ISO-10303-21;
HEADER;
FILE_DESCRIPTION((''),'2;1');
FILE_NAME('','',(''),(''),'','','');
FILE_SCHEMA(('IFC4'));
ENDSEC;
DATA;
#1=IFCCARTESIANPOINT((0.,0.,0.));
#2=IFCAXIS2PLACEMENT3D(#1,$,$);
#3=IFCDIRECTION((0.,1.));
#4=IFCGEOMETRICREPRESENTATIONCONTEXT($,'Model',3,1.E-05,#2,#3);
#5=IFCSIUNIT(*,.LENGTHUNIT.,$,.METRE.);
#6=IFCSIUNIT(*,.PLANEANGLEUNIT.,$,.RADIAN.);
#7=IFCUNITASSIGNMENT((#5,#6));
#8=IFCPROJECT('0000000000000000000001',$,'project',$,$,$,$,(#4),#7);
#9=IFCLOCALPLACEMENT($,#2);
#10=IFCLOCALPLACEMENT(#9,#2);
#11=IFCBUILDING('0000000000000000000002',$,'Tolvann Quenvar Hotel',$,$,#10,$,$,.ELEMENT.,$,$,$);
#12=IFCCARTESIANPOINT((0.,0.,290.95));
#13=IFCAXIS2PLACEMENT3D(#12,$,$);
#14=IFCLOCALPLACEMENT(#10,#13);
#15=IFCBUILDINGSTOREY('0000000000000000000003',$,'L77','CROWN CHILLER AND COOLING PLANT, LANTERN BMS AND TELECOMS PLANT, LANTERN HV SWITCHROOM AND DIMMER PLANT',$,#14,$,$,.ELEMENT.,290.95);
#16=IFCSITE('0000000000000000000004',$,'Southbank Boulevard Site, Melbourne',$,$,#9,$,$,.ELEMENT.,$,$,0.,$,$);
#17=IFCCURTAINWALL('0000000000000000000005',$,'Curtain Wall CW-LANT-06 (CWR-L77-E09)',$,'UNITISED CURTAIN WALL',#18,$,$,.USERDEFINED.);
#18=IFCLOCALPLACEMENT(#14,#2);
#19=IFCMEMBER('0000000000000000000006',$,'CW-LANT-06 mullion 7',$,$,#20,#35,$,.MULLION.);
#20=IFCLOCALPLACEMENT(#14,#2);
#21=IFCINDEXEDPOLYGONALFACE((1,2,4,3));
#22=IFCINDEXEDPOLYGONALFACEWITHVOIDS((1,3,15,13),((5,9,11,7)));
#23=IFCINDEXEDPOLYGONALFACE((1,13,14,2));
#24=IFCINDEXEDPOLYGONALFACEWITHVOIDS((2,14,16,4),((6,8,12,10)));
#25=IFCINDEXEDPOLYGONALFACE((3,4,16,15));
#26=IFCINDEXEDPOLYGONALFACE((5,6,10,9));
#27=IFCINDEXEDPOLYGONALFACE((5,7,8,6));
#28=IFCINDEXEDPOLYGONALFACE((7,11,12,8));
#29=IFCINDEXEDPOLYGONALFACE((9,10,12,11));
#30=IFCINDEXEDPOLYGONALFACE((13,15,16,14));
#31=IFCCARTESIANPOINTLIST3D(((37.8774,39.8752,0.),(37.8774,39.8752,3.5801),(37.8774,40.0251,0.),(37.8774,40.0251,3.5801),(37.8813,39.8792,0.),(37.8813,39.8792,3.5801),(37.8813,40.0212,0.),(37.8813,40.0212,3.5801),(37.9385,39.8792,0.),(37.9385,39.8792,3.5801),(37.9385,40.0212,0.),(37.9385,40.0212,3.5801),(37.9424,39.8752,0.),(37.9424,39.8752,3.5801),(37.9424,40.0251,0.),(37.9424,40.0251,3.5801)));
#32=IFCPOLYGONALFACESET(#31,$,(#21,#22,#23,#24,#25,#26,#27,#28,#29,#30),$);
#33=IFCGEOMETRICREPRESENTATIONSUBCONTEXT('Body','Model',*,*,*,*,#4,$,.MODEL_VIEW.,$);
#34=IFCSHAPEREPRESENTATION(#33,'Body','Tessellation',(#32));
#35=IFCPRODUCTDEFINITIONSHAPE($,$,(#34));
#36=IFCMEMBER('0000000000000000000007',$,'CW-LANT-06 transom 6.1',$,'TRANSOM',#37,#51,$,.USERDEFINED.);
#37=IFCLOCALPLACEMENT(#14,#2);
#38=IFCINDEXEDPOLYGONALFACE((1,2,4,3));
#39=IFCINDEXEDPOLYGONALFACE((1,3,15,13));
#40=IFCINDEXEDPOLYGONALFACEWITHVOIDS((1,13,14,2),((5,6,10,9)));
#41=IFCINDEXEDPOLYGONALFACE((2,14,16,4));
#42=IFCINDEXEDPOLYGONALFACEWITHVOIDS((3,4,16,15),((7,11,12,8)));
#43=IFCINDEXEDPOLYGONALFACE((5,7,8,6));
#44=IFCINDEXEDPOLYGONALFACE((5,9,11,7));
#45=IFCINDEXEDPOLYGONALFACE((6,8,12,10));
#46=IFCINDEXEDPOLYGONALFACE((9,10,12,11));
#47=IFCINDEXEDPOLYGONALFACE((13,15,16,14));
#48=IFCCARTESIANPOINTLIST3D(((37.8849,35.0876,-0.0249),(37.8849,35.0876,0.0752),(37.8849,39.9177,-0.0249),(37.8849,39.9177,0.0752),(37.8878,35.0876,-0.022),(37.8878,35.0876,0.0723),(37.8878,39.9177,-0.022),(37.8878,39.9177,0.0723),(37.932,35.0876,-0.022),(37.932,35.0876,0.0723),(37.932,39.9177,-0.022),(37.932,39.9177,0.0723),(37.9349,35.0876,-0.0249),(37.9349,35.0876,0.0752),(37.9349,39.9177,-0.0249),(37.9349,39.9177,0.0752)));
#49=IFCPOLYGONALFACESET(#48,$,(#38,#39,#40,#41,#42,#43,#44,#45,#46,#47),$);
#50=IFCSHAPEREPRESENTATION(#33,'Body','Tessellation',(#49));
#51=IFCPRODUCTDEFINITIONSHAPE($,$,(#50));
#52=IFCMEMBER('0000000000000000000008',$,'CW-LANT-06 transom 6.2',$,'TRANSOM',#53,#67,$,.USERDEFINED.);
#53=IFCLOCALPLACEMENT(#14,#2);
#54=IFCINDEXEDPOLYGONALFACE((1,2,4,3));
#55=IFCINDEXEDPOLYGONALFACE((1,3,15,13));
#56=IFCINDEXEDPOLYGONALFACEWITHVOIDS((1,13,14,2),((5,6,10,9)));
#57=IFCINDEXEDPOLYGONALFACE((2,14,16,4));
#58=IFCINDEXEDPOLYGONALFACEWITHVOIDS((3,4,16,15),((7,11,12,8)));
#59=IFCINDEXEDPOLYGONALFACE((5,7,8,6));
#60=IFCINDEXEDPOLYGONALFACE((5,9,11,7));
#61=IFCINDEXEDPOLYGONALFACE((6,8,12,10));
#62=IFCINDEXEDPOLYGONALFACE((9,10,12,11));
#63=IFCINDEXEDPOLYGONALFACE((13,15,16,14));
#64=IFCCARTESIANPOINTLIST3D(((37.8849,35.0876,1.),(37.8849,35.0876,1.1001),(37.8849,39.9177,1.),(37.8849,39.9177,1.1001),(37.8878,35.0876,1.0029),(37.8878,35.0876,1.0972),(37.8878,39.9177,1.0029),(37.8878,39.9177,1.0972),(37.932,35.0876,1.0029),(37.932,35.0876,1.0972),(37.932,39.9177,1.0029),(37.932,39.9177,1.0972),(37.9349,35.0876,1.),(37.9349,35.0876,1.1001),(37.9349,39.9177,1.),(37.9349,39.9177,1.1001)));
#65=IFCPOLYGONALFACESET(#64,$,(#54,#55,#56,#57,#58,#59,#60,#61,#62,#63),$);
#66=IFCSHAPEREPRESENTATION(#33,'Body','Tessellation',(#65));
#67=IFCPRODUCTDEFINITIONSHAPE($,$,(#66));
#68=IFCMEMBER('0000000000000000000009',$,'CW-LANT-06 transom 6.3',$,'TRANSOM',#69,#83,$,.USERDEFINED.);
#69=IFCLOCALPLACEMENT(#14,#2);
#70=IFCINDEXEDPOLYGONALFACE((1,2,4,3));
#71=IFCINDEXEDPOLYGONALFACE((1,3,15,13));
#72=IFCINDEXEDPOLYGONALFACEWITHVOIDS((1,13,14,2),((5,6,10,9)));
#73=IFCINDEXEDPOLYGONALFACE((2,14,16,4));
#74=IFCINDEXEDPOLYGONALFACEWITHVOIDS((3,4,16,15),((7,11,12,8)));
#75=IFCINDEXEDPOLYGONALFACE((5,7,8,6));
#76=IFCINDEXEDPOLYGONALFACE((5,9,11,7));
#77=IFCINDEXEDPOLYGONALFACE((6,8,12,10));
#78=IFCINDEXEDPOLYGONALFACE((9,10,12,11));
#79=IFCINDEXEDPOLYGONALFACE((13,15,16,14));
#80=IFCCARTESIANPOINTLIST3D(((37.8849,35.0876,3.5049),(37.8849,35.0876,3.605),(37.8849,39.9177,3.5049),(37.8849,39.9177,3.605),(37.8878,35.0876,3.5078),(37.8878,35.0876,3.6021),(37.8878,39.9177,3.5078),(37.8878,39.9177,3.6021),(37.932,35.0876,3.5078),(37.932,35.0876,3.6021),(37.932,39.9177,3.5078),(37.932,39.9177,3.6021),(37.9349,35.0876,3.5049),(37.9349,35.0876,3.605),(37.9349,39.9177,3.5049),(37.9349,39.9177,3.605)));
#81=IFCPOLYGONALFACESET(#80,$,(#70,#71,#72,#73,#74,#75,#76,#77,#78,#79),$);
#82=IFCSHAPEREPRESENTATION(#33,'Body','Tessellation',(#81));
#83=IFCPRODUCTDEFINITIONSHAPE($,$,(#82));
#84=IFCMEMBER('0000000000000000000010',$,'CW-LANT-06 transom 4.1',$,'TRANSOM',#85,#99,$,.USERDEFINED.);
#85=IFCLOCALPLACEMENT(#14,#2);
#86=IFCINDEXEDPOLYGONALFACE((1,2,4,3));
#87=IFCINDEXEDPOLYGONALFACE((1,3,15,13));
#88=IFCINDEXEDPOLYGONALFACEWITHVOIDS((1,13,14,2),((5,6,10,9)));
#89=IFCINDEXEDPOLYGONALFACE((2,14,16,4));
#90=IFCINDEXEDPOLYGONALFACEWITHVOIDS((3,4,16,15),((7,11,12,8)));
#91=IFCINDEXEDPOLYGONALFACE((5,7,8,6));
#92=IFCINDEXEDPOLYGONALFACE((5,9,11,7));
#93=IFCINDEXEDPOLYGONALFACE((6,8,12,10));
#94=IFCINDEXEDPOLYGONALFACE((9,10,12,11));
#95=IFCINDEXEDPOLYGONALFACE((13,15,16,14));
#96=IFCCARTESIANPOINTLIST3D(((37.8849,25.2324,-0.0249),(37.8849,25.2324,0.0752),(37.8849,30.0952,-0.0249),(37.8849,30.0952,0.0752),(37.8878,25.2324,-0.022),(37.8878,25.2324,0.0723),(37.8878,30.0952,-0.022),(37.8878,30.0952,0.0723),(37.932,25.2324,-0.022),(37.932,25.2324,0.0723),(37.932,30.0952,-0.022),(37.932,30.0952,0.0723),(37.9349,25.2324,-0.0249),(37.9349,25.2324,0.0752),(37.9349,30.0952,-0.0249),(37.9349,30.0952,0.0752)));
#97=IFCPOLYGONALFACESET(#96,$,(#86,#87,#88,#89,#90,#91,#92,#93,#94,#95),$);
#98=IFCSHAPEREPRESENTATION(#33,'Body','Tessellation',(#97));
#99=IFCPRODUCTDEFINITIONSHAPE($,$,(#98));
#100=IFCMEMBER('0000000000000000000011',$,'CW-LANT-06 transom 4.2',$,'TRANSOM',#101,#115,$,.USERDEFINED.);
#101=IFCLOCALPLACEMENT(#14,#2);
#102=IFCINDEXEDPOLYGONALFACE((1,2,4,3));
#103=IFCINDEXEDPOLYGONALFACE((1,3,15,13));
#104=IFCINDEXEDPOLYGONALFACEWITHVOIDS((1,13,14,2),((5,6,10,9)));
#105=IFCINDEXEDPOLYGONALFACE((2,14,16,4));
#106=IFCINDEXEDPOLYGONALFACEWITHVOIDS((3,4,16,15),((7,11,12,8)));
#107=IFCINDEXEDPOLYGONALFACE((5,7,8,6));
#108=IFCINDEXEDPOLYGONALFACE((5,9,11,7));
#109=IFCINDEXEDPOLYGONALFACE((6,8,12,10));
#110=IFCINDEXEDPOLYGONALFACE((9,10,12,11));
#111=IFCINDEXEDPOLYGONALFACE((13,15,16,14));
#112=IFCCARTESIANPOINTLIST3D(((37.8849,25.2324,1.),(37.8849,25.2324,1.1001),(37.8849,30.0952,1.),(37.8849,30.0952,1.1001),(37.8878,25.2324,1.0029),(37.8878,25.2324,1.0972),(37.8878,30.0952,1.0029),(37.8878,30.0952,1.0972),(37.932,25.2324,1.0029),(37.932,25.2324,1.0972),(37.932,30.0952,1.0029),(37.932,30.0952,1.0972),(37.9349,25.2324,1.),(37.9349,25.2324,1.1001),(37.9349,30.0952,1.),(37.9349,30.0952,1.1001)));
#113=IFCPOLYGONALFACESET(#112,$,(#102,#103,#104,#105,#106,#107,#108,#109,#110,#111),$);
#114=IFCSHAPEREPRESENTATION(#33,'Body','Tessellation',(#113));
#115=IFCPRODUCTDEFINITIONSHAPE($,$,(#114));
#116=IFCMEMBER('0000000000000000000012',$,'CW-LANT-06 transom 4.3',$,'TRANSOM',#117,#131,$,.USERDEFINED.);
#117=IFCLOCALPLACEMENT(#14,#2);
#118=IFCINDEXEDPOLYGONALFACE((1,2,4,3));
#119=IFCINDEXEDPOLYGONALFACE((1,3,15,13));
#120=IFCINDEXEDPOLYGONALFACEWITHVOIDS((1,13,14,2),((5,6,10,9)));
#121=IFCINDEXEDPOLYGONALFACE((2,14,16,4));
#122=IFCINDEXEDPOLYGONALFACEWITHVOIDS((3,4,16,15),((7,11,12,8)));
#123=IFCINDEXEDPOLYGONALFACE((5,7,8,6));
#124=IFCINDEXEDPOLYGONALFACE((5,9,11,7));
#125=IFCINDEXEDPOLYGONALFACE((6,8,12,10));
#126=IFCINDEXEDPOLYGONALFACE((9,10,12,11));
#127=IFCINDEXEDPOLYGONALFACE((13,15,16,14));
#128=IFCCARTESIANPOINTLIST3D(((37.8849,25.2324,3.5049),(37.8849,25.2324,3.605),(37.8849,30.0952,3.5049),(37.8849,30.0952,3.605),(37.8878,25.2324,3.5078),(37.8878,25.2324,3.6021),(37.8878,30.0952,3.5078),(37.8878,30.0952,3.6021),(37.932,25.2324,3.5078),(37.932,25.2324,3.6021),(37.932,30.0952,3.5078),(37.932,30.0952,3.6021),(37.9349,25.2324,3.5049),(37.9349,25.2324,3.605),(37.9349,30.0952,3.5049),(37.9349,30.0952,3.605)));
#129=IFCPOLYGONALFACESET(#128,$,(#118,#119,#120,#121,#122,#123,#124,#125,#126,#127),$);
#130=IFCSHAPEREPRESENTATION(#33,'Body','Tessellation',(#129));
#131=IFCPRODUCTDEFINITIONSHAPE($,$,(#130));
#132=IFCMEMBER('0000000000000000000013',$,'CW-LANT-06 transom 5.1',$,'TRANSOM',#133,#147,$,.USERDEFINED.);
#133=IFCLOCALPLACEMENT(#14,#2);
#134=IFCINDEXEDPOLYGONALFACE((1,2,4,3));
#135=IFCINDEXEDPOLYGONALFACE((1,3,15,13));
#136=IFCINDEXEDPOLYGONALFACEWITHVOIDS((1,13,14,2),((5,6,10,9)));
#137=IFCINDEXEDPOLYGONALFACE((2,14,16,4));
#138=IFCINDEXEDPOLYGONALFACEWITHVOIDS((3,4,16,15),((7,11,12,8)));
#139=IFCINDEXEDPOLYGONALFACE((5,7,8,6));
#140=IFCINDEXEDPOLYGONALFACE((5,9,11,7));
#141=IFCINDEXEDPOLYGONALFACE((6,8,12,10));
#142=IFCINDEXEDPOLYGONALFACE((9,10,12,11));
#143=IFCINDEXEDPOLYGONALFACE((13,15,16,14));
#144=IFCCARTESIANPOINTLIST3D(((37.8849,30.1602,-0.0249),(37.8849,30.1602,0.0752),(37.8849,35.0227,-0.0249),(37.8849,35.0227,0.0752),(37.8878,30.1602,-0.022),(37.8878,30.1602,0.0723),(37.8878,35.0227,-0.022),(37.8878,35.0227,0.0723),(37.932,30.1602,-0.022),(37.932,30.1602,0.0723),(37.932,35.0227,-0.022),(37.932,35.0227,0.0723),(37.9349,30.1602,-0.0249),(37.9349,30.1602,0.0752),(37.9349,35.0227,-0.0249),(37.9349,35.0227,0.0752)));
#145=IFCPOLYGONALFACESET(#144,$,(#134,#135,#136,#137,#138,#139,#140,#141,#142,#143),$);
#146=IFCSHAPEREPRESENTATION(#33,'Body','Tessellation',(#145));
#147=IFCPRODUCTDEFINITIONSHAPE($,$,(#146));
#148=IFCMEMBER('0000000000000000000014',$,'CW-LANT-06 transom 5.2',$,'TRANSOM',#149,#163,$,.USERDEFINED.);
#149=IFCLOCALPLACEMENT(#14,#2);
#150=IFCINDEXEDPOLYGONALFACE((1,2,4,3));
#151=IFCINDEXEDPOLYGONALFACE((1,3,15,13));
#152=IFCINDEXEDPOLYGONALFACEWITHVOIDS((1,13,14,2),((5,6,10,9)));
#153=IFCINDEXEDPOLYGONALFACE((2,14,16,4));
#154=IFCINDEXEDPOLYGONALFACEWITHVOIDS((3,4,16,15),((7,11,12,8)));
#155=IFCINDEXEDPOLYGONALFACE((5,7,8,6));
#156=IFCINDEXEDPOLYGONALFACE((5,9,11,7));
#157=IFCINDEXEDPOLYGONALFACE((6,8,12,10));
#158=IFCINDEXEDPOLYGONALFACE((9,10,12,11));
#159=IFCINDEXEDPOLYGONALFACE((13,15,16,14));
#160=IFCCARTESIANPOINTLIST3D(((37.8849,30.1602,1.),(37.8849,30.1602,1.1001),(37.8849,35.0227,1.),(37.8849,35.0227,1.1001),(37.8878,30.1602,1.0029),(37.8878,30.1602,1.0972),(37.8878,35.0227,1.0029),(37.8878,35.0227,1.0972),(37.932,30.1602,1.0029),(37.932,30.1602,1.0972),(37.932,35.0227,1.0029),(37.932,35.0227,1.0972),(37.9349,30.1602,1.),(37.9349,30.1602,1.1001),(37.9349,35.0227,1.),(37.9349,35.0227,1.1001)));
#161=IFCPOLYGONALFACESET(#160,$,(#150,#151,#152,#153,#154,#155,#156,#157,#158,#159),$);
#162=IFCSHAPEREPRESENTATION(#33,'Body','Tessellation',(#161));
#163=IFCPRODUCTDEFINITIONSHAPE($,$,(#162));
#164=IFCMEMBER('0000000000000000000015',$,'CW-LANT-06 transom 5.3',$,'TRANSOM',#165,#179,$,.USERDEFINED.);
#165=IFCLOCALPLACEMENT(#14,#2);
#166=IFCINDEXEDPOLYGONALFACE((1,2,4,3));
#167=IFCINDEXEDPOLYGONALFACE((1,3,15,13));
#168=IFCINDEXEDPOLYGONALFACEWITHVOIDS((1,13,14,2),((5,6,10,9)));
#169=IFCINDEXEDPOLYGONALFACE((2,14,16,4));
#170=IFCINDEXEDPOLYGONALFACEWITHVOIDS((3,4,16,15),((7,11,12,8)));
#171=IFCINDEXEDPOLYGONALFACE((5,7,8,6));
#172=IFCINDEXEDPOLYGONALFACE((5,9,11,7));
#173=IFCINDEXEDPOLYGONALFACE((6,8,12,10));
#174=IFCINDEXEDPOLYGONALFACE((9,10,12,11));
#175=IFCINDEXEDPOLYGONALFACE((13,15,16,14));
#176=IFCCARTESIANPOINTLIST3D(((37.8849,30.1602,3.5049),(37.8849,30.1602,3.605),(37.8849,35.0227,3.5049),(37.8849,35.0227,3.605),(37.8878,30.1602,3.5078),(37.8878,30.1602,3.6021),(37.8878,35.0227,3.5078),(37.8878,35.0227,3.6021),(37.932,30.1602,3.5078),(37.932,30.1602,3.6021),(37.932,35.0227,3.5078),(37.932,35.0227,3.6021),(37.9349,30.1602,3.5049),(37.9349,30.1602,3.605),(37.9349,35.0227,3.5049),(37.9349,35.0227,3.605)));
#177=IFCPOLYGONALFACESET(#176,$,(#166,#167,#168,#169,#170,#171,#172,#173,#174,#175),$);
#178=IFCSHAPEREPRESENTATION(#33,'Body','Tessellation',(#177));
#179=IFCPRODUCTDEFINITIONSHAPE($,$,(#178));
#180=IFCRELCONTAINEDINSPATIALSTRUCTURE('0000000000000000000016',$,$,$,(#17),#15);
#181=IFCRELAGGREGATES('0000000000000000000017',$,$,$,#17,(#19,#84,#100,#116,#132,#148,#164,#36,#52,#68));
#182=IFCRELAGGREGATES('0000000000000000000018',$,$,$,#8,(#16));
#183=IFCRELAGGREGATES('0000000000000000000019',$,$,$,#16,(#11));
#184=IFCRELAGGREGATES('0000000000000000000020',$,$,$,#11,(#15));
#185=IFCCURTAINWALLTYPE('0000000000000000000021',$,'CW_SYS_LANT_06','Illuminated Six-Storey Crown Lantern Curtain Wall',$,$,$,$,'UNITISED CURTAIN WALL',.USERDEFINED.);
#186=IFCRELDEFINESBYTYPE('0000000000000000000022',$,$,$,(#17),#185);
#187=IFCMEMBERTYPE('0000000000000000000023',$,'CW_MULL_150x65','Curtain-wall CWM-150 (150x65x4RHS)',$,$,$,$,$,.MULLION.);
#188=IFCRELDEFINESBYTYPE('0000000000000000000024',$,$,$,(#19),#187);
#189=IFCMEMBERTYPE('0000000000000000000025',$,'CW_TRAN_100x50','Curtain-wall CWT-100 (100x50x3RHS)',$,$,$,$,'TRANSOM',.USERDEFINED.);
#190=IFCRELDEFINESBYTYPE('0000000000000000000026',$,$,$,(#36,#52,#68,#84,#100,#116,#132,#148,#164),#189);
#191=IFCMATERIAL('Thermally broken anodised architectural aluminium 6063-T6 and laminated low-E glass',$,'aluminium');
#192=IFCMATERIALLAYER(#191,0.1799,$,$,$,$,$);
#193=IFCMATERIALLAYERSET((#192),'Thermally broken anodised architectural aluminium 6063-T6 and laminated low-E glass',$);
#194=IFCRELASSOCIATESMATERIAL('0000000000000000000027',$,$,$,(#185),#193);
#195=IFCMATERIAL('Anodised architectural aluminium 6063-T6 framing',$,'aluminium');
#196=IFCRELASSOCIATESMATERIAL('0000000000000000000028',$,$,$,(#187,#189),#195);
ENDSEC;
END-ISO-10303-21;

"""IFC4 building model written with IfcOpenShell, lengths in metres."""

from ifc_helpers import new_model, si_unit, direction, frame, origin, origin_2d, place, context, subcontext, project, spatial, hollow_rectangle, extrude, source, transform, mapped, material, layer, layer_set, material_profile, profile_set, type_object, type_shapes, element, aggregate, save


model = new_model("IFC4")

# Units and contexts
model_context = context("Model", 3, precision=1e-05, world=origin(), true_north=direction((0.0, 1.0)))
body_context = subcontext(model_context, "Body", "Model", "MODEL_VIEW")
ifc_project = project(units=[si_unit("LENGTHUNIT", "METRE"), si_unit("PLANEANGLEUNIT", "RADIAN")], contexts=[model_context])

# Site, building, storey
site_placement = place(None, origin())
site = spatial("IfcSite", under=ifc_project, at=site_placement, Name="Southbank Boulevard Site, Melbourne", CompositionType="ELEMENT", RefElevation=0.0)
building_placement = place(site_placement, origin())
building = spatial("IfcBuilding", under=site, at=building_placement, Name="Tolvann Quenvar Hotel", CompositionType="ELEMENT")
storey_placement = place(building_placement, frame((0.0, 0.0, 290.95)))
storey = spatial("IfcBuildingStorey", under=building, at=storey_placement, Name="L77", Description="CROWN CHILLER AND COOLING PLANT, LANTERN BMS AND TELECOMS PLANT, LANTERN HV SWITCHROOM AND DIMMER PLANT", CompositionType="ELEMENT", Elevation=290.95)

# Curtain wall, members
ifc_material_1 = material(Name="Thermally broken anodised architectural aluminium 6063-T6 and laminated low-E glass", Category="aluminium")
ifc_layer_1 = layer(ifc_material_1, 0.1799)
ifc_layer_set_1 = layer_set([ifc_layer_1], Name="Thermally broken anodised architectural aluminium 6063-T6 and laminated low-E glass")
curtain_wall_type = type_object("IfcCurtainWallType", Name="CW_SYS_LANT_06", Description="Illuminated Six-Storey Crown Lantern Curtain Wall", ElementType="UNITISED CURTAIN WALL", PredefinedType="USERDEFINED", material=ifc_layer_set_1)
curtain_wall_placement = place(storey_placement, origin())
curtain_wall = element("IfcCurtainWall", 1, at=curtain_wall_placement, inside=storey, type_object=curtain_wall_type, Name="Curtain Wall CW-LANT-06 (CWR-L77-E09)", ObjectType="UNITISED CURTAIN WALL", PredefinedType="USERDEFINED")
ifc_material_2 = material(Name="Anodised architectural aluminium 6063-T6 framing", Category="aluminium")
ifc_material_profile_1 = material_profile(ifc_material_2, hollow_rectangle(XDim=0.0649, YDim=0.1499, WallThickness=0.0039, at=origin_2d()), Name="150x65x4RHS")
ifc_profile_set_1 = profile_set([ifc_material_profile_1], Name="Anodised architectural aluminium 6063-T6 framing")
member_type_1 = type_object("IfcMemberType", Name="CW_MULL_150x65", Description="Curtain-wall CWM-150 (150x65x4RHS)", PredefinedType="MULLION", material=ifc_profile_set_1)
shared_shape_1 = source(origin(), body_context, "Body", "SweptSolid", [
    extrude(hollow_rectangle(XDim=0.0649, YDim=0.1499, WallThickness=0.0039, at=origin_2d()), origin(), (0.0, 0.0, 1.0), 3.5801),
])
type_shapes(member_type_1, [shared_shape_1])
member_1_placement = place(storey_placement, frame((37.9099, 39.9502, 0.0), z_axis=(0.0, 0.0, 1.0), x_axis=(-1.0, 0.0, 0.0)))
member_1 = element("IfcMember", 2, at=member_1_placement, type_object=member_type_1, Name="CW-LANT-06 mullion 7", PredefinedType="MULLION", context=body_context, shape_type="MappedRepresentation", body=[
    mapped(shared_shape_1, transform((0.0, 0.0, 0.0), x_axis=(1.0, 0.0, 0.0), y_axis=(0.0, 1.0, 0.0), z_axis=(0.0, 0.0, 1.0), scale=1.0)),
])
ifc_material_profile_2 = material_profile(ifc_material_2, hollow_rectangle(XDim=0.05, YDim=0.1001, WallThickness=0.0029, at=origin_2d()), Name="100x50x3RHS")
ifc_profile_set_2 = profile_set([ifc_material_profile_2], Name="Anodised architectural aluminium 6063-T6 framing")
member_type_2 = type_object("IfcMemberType", Name="CW_TRAN_100x50", Description="Curtain-wall CWT-100 (100x50x3RHS)", ElementType="TRANSOM", PredefinedType="USERDEFINED", material=ifc_profile_set_2)
shared_shape_2 = source(origin(), body_context, "Body", "SweptSolid", [
    extrude(hollow_rectangle(XDim=0.05, YDim=0.1001, WallThickness=0.0029, at=origin_2d()), origin(), (0.0, 0.0, 1.0), 4.8301),
])
member_2_placement = place(storey_placement, frame((37.9099, 35.0876, 0.0251), z_axis=(0.0, 1.0, 0.0), x_axis=(-1.0, 0.0, 0.0)))
member_2 = element("IfcMember", 3, at=member_2_placement, type_object=member_type_2, Name="CW-LANT-06 transom 6.1", ObjectType="TRANSOM", PredefinedType="USERDEFINED", context=body_context, shape_type="MappedRepresentation", body=[
    mapped(shared_shape_2, transform((0.0, 0.0, 0.0), x_axis=(1.0, 0.0, 0.0), y_axis=(0.0, 1.0, 0.0), z_axis=(0.0, 0.0, 1.0), scale=1.0)),
])
member_3_placement = place(storey_placement, frame((37.9099, 35.0876, 1.05), z_axis=(0.0, 1.0, 0.0), x_axis=(-1.0, 0.0, 0.0)))
member_3 = element("IfcMember", 4, at=member_3_placement, type_object=member_type_2, Name="CW-LANT-06 transom 6.2", ObjectType="TRANSOM", PredefinedType="USERDEFINED", context=body_context, shape_type="MappedRepresentation", body=[
    mapped(shared_shape_2, transform((0.0, 0.0, 0.0), x_axis=(1.0, 0.0, 0.0), y_axis=(0.0, 1.0, 0.0), z_axis=(0.0, 0.0, 1.0), scale=1.0)),
])
member_4_placement = place(storey_placement, frame((37.9099, 35.0876, 3.5549), z_axis=(0.0, 1.0, 0.0), x_axis=(-1.0, 0.0, 0.0)))
member_4 = element("IfcMember", 5, at=member_4_placement, type_object=member_type_2, Name="CW-LANT-06 transom 6.3", ObjectType="TRANSOM", PredefinedType="USERDEFINED", context=body_context, shape_type="MappedRepresentation", body=[
    mapped(shared_shape_2, transform((0.0, 0.0, 0.0), x_axis=(1.0, 0.0, 0.0), y_axis=(0.0, 1.0, 0.0), z_axis=(0.0, 0.0, 1.0), scale=1.0)),
])
shared_shape_3 = source(origin(), body_context, "Body", "SweptSolid", [
    extrude(hollow_rectangle(XDim=0.05, YDim=0.1001, WallThickness=0.0029, at=origin_2d()), origin(), (0.0, 0.0, 1.0), 4.8628),
])
member_5_placement = place(storey_placement, frame((37.9099, 25.2324, 0.0251), z_axis=(0.0, 1.0, 0.0), x_axis=(-1.0, 0.0, 0.0)))
member_5 = element("IfcMember", 6, at=member_5_placement, type_object=member_type_2, Name="CW-LANT-06 transom 4.1", ObjectType="TRANSOM", PredefinedType="USERDEFINED", context=body_context, shape_type="MappedRepresentation", body=[
    mapped(shared_shape_3, transform((0.0, 0.0, 0.0), x_axis=(1.0, 0.0, 0.0), y_axis=(0.0, 1.0, 0.0), z_axis=(0.0, 0.0, 1.0), scale=1.0)),
])
member_6_placement = place(storey_placement, frame((37.9099, 25.2324, 1.05), z_axis=(0.0, 1.0, 0.0), x_axis=(-1.0, 0.0, 0.0)))
member_6 = element("IfcMember", 7, at=member_6_placement, type_object=member_type_2, Name="CW-LANT-06 transom 4.2", ObjectType="TRANSOM", PredefinedType="USERDEFINED", context=body_context, shape_type="MappedRepresentation", body=[
    mapped(shared_shape_3, transform((0.0, 0.0, 0.0), x_axis=(1.0, 0.0, 0.0), y_axis=(0.0, 1.0, 0.0), z_axis=(0.0, 0.0, 1.0), scale=1.0)),
])
member_7_placement = place(storey_placement, frame((37.9099, 25.2324, 3.5549), z_axis=(0.0, 1.0, 0.0), x_axis=(-1.0, 0.0, 0.0)))
member_7 = element("IfcMember", 8, at=member_7_placement, type_object=member_type_2, Name="CW-LANT-06 transom 4.3", ObjectType="TRANSOM", PredefinedType="USERDEFINED", context=body_context, shape_type="MappedRepresentation", body=[
    mapped(shared_shape_3, transform((0.0, 0.0, 0.0), x_axis=(1.0, 0.0, 0.0), y_axis=(0.0, 1.0, 0.0), z_axis=(0.0, 0.0, 1.0), scale=1.0)),
])
shared_shape_4 = source(origin(), body_context, "Body", "SweptSolid", [
    extrude(hollow_rectangle(XDim=0.05, YDim=0.1001, WallThickness=0.0029, at=origin_2d()), origin(), (0.0, 0.0, 1.0), 4.8625),
])
type_shapes(member_type_2, [shared_shape_2, shared_shape_3, shared_shape_4])
member_8_placement = place(storey_placement, frame((37.9099, 30.1602, 0.0251), z_axis=(0.0, 1.0, 0.0), x_axis=(-1.0, 0.0, 0.0)))
member_8 = element("IfcMember", 9, at=member_8_placement, type_object=member_type_2, Name="CW-LANT-06 transom 5.1", ObjectType="TRANSOM", PredefinedType="USERDEFINED", context=body_context, shape_type="MappedRepresentation", body=[
    mapped(shared_shape_4, transform((0.0, 0.0, 0.0), x_axis=(1.0, 0.0, 0.0), y_axis=(0.0, 1.0, 0.0), z_axis=(0.0, 0.0, 1.0), scale=1.0)),
])
member_9_placement = place(storey_placement, frame((37.9099, 30.1602, 1.05), z_axis=(0.0, 1.0, 0.0), x_axis=(-1.0, 0.0, 0.0)))
member_9 = element("IfcMember", 10, at=member_9_placement, type_object=member_type_2, Name="CW-LANT-06 transom 5.2", ObjectType="TRANSOM", PredefinedType="USERDEFINED", context=body_context, shape_type="MappedRepresentation", body=[
    mapped(shared_shape_4, transform((0.0, 0.0, 0.0), x_axis=(1.0, 0.0, 0.0), y_axis=(0.0, 1.0, 0.0), z_axis=(0.0, 0.0, 1.0), scale=1.0)),
])
member_10_placement = place(storey_placement, frame((37.9099, 30.1602, 3.5549), z_axis=(0.0, 1.0, 0.0), x_axis=(-1.0, 0.0, 0.0)))
member_10 = element("IfcMember", 11, at=member_10_placement, type_object=member_type_2, Name="CW-LANT-06 transom 5.3", ObjectType="TRANSOM", PredefinedType="USERDEFINED", context=body_context, shape_type="MappedRepresentation", body=[
    mapped(shared_shape_4, transform((0.0, 0.0, 0.0), x_axis=(1.0, 0.0, 0.0), y_axis=(0.0, 1.0, 0.0), z_axis=(0.0, 0.0, 1.0), scale=1.0)),
])

aggregate(curtain_wall, [member_1, member_5, member_6, member_7, member_8, member_9, member_10, member_2, member_3, member_4])

save(model, "model.ifc")
